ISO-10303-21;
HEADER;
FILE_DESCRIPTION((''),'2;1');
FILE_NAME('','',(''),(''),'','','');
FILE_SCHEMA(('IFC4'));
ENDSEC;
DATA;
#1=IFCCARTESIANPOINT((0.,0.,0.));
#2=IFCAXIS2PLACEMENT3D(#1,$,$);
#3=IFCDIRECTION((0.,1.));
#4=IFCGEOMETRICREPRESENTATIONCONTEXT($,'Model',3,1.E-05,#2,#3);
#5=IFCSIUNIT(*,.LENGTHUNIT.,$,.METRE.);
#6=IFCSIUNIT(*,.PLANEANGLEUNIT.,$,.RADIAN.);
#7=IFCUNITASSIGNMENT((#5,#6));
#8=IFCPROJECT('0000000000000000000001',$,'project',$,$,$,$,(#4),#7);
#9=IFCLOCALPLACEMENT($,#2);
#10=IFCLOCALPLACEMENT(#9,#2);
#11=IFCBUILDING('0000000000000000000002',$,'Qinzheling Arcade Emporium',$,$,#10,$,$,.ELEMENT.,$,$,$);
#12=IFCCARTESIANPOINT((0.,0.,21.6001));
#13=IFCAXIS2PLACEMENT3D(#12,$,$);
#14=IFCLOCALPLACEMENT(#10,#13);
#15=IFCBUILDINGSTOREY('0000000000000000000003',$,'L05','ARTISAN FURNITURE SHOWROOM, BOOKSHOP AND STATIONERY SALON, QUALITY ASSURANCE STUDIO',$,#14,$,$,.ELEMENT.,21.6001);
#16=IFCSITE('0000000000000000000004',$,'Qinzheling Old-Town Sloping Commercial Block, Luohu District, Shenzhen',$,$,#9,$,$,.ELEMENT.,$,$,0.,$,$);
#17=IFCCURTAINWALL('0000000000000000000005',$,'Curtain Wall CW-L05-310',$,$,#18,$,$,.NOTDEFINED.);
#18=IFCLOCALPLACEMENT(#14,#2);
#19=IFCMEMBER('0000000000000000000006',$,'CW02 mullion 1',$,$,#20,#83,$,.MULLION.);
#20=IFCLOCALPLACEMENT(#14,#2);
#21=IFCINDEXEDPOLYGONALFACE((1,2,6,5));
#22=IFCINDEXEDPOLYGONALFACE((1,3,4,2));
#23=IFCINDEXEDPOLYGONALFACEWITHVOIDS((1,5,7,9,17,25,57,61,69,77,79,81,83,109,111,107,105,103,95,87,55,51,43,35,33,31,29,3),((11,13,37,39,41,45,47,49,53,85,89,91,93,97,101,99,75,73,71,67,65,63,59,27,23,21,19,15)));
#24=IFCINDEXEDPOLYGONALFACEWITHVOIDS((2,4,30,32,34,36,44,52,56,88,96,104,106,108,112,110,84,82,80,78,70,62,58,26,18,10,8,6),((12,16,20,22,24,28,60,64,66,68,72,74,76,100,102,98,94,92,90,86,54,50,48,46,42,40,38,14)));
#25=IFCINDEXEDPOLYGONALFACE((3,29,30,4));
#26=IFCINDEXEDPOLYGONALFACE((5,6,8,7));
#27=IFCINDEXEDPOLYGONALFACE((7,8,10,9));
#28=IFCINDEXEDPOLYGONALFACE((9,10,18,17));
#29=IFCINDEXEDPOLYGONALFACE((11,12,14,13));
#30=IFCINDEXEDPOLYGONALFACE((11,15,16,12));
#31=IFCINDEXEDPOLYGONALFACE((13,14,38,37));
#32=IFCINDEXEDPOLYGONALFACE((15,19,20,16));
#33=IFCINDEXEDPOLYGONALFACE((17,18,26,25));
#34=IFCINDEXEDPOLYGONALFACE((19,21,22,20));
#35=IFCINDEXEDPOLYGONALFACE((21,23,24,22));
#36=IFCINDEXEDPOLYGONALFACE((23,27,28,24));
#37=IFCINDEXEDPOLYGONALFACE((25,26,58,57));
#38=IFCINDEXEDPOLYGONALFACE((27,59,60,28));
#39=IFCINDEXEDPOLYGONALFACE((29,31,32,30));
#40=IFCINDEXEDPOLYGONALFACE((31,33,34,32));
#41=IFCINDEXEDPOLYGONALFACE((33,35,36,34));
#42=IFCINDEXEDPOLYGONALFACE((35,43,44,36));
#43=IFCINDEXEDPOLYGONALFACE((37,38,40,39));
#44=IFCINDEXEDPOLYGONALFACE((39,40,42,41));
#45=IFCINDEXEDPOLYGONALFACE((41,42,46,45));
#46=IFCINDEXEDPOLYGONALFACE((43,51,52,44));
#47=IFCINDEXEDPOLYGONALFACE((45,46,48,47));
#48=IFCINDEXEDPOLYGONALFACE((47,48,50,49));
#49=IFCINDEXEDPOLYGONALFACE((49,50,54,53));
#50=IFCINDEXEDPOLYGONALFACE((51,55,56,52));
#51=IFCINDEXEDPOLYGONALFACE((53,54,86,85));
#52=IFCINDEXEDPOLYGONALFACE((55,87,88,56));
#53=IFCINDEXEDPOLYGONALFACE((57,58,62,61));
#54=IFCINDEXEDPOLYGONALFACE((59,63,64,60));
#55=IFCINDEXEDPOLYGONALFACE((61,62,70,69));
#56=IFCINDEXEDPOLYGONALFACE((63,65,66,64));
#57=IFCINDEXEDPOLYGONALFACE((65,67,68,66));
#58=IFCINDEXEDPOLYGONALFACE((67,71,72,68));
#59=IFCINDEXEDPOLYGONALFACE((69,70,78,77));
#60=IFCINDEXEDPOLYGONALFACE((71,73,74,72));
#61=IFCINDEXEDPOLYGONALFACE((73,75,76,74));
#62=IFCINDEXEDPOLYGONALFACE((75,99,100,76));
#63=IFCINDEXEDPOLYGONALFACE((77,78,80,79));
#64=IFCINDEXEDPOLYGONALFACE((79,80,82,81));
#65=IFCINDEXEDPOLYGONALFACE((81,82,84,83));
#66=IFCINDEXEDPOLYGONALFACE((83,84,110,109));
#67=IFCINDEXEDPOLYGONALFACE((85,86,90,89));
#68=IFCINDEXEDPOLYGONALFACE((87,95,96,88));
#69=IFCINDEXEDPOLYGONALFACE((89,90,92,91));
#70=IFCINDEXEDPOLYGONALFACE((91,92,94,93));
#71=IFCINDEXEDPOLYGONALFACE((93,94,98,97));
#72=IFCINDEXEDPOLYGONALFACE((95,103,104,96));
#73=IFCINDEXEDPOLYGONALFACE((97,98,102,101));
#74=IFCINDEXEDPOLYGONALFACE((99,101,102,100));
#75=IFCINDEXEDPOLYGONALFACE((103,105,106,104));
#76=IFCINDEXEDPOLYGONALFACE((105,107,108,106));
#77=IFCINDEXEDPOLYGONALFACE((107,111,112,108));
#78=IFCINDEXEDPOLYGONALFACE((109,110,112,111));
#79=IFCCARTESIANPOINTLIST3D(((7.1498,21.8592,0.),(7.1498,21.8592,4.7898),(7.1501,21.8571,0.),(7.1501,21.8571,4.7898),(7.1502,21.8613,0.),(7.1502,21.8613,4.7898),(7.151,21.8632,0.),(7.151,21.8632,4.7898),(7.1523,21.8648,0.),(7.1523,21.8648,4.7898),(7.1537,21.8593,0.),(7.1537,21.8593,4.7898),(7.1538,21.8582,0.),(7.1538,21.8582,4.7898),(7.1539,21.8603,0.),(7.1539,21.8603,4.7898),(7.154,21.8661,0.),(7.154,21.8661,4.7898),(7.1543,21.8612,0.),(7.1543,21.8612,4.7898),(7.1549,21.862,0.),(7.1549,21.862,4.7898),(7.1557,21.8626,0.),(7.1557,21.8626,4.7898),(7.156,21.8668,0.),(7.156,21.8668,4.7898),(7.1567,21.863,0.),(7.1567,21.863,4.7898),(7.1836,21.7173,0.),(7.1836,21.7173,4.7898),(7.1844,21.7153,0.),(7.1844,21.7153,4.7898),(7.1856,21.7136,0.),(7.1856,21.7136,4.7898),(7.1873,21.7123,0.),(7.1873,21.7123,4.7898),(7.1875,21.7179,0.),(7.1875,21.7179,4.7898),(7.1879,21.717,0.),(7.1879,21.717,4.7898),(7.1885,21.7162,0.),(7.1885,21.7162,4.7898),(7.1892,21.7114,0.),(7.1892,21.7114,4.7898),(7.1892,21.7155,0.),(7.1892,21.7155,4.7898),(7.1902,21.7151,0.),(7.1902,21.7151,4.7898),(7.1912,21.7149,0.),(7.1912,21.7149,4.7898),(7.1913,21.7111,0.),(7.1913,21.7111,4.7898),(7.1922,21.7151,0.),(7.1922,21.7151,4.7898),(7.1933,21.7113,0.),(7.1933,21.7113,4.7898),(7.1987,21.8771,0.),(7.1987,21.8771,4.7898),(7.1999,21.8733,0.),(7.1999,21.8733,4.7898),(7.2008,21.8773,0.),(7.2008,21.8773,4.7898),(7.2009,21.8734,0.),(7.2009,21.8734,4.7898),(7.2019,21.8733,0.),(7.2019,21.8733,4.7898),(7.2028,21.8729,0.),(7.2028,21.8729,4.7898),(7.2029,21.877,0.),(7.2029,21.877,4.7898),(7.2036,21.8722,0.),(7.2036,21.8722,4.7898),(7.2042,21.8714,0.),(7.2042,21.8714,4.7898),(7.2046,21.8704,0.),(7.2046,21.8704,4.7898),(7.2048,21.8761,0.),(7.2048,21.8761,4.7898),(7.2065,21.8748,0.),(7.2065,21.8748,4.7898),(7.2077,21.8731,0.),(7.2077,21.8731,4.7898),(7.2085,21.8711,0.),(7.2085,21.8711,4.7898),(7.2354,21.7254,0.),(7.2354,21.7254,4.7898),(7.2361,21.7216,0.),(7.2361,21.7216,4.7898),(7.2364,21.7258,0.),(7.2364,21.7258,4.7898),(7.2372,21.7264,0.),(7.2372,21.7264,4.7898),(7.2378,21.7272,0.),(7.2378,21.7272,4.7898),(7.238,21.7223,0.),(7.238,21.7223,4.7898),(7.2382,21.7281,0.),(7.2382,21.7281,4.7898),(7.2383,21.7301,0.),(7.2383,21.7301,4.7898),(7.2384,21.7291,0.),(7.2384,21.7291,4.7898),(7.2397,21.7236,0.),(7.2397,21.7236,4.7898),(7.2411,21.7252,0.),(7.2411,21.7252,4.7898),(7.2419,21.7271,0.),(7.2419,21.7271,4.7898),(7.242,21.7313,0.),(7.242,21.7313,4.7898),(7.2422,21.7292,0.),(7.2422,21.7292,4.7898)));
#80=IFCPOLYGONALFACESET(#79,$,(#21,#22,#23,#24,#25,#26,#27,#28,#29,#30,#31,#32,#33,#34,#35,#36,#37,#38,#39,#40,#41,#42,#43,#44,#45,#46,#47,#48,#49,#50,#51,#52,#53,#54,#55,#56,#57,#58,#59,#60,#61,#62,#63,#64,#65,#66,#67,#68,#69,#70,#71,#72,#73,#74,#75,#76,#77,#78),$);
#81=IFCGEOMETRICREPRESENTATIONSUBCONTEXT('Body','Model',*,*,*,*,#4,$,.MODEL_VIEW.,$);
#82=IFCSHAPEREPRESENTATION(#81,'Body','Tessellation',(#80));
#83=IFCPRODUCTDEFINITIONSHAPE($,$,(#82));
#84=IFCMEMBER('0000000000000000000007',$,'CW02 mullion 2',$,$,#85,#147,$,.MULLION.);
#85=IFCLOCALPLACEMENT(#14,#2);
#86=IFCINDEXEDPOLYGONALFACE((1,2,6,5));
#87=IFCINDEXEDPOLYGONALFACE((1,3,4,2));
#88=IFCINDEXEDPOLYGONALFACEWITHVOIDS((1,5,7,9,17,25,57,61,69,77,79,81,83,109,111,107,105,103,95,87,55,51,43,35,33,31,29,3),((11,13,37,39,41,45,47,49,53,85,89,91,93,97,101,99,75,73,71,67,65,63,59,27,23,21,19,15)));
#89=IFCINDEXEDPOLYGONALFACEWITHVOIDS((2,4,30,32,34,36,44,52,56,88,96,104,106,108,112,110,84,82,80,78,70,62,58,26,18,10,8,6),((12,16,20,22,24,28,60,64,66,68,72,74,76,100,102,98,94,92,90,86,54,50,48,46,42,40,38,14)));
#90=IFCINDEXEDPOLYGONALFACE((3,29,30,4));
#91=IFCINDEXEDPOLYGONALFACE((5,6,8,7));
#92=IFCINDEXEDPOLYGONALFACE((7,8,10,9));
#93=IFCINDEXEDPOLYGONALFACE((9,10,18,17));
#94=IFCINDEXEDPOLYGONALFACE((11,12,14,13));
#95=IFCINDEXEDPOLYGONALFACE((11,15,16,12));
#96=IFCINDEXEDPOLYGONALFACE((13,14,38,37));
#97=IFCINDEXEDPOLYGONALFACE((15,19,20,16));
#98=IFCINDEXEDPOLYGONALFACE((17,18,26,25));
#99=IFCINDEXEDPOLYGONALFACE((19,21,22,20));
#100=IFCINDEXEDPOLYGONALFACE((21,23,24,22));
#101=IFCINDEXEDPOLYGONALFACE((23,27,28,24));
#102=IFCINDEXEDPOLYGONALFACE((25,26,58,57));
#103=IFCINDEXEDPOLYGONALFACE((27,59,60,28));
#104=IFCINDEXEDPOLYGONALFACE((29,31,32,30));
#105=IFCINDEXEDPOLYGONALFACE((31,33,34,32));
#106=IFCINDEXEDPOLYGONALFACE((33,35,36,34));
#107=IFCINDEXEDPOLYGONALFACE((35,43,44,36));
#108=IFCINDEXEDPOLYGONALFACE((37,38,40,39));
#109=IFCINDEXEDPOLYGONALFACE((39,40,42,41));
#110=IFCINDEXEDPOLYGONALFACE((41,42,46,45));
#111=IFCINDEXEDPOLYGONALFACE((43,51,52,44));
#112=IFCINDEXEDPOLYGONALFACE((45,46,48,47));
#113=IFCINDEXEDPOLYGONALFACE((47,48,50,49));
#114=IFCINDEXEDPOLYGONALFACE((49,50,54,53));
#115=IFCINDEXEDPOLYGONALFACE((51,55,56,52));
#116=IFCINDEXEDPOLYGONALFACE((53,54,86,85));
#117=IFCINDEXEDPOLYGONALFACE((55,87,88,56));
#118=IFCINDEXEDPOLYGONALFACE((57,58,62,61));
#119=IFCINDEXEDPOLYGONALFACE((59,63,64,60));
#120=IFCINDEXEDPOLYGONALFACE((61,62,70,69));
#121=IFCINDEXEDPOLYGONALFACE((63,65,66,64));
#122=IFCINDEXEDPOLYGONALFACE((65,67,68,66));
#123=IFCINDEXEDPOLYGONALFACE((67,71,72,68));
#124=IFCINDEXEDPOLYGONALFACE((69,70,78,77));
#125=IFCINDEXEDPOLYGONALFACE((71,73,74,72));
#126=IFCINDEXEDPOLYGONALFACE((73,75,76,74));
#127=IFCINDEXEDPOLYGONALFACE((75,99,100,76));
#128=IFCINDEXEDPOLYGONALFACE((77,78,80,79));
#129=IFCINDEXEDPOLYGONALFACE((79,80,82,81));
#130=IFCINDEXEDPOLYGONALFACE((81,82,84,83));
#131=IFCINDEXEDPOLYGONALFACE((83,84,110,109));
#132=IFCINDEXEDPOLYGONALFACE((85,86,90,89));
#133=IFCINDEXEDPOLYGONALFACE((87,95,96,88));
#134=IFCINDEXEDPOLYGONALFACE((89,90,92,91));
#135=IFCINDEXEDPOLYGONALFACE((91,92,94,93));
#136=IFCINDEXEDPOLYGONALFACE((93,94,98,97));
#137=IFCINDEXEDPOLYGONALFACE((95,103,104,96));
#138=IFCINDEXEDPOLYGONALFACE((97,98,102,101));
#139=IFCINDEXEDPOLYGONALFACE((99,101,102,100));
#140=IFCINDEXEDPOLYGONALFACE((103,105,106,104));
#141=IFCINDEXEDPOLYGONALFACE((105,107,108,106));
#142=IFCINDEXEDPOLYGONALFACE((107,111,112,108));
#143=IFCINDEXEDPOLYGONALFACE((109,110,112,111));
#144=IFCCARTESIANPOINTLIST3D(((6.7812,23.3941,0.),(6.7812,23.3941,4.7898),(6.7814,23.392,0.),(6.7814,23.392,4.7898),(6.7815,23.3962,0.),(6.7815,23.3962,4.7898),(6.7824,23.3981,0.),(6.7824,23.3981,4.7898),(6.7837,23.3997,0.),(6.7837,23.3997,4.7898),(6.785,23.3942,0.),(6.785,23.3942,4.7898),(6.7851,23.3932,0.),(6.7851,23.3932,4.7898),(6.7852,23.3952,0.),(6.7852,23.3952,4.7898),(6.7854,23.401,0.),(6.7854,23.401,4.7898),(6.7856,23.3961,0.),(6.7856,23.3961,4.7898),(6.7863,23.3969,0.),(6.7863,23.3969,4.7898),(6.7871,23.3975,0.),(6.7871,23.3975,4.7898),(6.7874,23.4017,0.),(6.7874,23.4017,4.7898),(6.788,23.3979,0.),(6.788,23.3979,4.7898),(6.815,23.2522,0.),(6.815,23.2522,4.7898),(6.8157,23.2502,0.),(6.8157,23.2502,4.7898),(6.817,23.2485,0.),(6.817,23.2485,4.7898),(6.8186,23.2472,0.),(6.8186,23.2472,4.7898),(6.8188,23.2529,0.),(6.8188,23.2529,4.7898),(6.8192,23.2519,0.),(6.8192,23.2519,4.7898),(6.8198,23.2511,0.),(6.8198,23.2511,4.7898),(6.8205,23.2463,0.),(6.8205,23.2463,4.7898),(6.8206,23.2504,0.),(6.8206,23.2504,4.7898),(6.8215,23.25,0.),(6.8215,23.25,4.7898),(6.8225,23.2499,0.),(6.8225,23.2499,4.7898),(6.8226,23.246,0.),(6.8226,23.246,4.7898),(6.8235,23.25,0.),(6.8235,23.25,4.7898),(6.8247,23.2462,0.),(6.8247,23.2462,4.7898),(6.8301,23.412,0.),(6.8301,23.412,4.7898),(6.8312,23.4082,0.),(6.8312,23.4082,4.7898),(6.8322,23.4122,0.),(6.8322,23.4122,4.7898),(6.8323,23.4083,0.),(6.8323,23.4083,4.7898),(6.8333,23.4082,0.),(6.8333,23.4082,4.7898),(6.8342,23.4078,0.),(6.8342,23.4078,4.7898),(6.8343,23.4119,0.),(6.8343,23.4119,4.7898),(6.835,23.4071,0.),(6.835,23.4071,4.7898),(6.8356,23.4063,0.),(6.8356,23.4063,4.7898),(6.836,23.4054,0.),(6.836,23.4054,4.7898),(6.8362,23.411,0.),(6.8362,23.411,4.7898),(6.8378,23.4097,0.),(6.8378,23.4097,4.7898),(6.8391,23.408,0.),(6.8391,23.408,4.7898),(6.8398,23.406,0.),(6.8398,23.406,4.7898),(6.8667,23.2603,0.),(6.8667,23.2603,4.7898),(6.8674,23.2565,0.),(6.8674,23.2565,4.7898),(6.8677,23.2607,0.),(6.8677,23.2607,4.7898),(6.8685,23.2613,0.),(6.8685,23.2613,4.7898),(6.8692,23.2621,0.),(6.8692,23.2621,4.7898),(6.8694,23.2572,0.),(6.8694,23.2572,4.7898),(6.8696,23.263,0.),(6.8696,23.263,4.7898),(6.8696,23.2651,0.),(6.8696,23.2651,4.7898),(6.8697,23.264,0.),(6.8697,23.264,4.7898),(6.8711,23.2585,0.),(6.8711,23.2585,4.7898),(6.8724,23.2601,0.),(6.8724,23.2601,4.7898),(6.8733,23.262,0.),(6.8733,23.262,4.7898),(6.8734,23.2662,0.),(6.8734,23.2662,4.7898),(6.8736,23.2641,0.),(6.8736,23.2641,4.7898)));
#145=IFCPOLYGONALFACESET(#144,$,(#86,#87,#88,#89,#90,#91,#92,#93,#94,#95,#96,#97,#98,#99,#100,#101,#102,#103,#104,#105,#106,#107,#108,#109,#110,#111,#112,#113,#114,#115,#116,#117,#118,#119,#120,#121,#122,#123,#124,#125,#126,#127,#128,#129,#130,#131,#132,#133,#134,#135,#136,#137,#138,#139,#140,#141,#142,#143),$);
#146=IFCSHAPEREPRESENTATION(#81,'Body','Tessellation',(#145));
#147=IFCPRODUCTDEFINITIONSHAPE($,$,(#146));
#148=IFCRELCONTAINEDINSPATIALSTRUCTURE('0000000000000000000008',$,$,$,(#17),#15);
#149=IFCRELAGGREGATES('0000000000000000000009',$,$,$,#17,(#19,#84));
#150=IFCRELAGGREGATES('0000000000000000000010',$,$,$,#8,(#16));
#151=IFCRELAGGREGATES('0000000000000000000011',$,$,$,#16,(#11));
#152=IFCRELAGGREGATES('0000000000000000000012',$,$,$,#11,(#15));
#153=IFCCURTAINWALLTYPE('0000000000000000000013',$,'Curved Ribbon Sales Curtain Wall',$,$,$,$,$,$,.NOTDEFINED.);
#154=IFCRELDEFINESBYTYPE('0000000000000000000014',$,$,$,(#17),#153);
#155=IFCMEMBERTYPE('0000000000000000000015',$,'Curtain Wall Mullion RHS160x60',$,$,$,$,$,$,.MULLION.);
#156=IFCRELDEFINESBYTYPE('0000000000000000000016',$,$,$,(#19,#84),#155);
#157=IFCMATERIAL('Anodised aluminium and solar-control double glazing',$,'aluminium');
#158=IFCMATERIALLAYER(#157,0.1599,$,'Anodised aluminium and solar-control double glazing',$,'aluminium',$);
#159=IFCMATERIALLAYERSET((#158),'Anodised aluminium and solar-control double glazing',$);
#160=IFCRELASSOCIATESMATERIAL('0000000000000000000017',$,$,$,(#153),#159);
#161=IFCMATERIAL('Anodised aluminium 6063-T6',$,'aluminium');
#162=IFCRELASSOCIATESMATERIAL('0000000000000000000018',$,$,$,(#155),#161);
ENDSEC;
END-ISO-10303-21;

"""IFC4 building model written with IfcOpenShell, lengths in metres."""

from ifc_helpers import new_model, si_unit, direction, frame, origin, origin_2d, place, context, subcontext, project, spatial, hollow_rectangle, extrude, material, layer, layer_set, material_profile, profile_set, type_object, element, aggregate, save


model = new_model("IFC4")

# Units and contexts
model_context = context("Model", 3, precision=1e-05, world=origin(), true_north=direction((0.0, 1.0)))
body_context = subcontext(model_context, "Body", "Model", "MODEL_VIEW")
ifc_project = project(units=[si_unit("LENGTHUNIT", "METRE"), si_unit("PLANEANGLEUNIT", "RADIAN")], contexts=[model_context])

# Site, building, storey
site_placement = place(None, origin())
site = spatial("IfcSite", under=ifc_project, at=site_placement, Name="Qinzheling Old-Town Sloping Commercial Block, Luohu District, Shenzhen", CompositionType="ELEMENT", RefElevation=0.0)
building_placement = place(site_placement, origin())
building = spatial("IfcBuilding", under=site, at=building_placement, Name="Qinzheling Arcade Emporium", CompositionType="ELEMENT")
storey_placement = place(building_placement, frame((0.0, 0.0, 21.6001)))
storey = spatial("IfcBuildingStorey", under=building, at=storey_placement, Name="L05", Description="ARTISAN FURNITURE SHOWROOM, BOOKSHOP AND STATIONERY SALON, QUALITY ASSURANCE STUDIO", CompositionType="ELEMENT", Elevation=21.6001)

# Curtain wall, members
ifc_material_1 = material(Name="Anodised aluminium and solar-control double glazing", Category="aluminium")
ifc_layer_1 = layer(ifc_material_1, 0.1599, Name="Anodised aluminium and solar-control double glazing", Category="aluminium")
ifc_layer_set_1 = layer_set([ifc_layer_1], Name="Anodised aluminium and solar-control double glazing")
curtain_wall_type = type_object("IfcCurtainWallType", Name="Curved Ribbon Sales Curtain Wall", PredefinedType="NOTDEFINED", material=ifc_layer_set_1)
ifc_material_2 = material(Name="Anodised aluminium 6063-T6", Category="aluminium")
ifc_material_profile_1 = material_profile(ifc_material_2, hollow_rectangle(XDim=0.0601, YDim=0.1599, WallThickness=0.0039, InnerFilletRadius=0.0039, OuterFilletRadius=0.0081, at=origin_2d()), Name="RHS 160x60x4", Category="aluminium")
ifc_profile_set_1 = profile_set([ifc_material_profile_1], Name="Anodised aluminium 6063-T6")
member_type_1 = type_object("IfcMemberType", Name="Curtain Wall Mullion RHS160x60", PredefinedType="MULLION", material=ifc_profile_set_1)
curtain_wall_1_placement = place(storey_placement, origin())
curtain_wall_1 = element("IfcCurtainWall", 1, at=curtain_wall_1_placement, inside=storey, type_object=curtain_wall_type, Name="Curtain Wall CW-L05-310", PredefinedType="NOTDEFINED")
member_1_placement = place(storey_placement, frame((7.196, 21.7942, 0.0), z_axis=(0.0, 0.0, 1.0), x_axis=(-0.972368, -0.233455, 0.0)))
member_1 = element("IfcMember", 2, at=member_1_placement, type_object=member_type_1, Name="CW02 mullion 1", PredefinedType="MULLION", context=body_context, shape_type="SweptSolid", body=[
    extrude(hollow_rectangle(XDim=0.0601, YDim=0.1599, WallThickness=0.0039, InnerFilletRadius=0.0039, OuterFilletRadius=0.0081, at=origin_2d()), origin(), (0.0, 0.0, 1.0), 4.7898),
])
member_2_placement = place(storey_placement, frame((6.8274, 23.3291, 0.0), z_axis=(0.0, 0.0, 1.0), x_axis=(-0.972368, -0.233455, 0.0)))
member_2 = element("IfcMember", 3, at=member_2_placement, type_object=member_type_1, Name="CW02 mullion 2", PredefinedType="MULLION", context=body_context, shape_type="SweptSolid", body=[
    extrude(hollow_rectangle(XDim=0.0601, YDim=0.1599, WallThickness=0.0039, InnerFilletRadius=0.0039, OuterFilletRadius=0.0081, at=origin_2d()), origin(), (0.0, 0.0, 1.0), 4.7898),
])

aggregate(curtain_wall_1, [member_1, member_2])

save(model, "model.ifc")
